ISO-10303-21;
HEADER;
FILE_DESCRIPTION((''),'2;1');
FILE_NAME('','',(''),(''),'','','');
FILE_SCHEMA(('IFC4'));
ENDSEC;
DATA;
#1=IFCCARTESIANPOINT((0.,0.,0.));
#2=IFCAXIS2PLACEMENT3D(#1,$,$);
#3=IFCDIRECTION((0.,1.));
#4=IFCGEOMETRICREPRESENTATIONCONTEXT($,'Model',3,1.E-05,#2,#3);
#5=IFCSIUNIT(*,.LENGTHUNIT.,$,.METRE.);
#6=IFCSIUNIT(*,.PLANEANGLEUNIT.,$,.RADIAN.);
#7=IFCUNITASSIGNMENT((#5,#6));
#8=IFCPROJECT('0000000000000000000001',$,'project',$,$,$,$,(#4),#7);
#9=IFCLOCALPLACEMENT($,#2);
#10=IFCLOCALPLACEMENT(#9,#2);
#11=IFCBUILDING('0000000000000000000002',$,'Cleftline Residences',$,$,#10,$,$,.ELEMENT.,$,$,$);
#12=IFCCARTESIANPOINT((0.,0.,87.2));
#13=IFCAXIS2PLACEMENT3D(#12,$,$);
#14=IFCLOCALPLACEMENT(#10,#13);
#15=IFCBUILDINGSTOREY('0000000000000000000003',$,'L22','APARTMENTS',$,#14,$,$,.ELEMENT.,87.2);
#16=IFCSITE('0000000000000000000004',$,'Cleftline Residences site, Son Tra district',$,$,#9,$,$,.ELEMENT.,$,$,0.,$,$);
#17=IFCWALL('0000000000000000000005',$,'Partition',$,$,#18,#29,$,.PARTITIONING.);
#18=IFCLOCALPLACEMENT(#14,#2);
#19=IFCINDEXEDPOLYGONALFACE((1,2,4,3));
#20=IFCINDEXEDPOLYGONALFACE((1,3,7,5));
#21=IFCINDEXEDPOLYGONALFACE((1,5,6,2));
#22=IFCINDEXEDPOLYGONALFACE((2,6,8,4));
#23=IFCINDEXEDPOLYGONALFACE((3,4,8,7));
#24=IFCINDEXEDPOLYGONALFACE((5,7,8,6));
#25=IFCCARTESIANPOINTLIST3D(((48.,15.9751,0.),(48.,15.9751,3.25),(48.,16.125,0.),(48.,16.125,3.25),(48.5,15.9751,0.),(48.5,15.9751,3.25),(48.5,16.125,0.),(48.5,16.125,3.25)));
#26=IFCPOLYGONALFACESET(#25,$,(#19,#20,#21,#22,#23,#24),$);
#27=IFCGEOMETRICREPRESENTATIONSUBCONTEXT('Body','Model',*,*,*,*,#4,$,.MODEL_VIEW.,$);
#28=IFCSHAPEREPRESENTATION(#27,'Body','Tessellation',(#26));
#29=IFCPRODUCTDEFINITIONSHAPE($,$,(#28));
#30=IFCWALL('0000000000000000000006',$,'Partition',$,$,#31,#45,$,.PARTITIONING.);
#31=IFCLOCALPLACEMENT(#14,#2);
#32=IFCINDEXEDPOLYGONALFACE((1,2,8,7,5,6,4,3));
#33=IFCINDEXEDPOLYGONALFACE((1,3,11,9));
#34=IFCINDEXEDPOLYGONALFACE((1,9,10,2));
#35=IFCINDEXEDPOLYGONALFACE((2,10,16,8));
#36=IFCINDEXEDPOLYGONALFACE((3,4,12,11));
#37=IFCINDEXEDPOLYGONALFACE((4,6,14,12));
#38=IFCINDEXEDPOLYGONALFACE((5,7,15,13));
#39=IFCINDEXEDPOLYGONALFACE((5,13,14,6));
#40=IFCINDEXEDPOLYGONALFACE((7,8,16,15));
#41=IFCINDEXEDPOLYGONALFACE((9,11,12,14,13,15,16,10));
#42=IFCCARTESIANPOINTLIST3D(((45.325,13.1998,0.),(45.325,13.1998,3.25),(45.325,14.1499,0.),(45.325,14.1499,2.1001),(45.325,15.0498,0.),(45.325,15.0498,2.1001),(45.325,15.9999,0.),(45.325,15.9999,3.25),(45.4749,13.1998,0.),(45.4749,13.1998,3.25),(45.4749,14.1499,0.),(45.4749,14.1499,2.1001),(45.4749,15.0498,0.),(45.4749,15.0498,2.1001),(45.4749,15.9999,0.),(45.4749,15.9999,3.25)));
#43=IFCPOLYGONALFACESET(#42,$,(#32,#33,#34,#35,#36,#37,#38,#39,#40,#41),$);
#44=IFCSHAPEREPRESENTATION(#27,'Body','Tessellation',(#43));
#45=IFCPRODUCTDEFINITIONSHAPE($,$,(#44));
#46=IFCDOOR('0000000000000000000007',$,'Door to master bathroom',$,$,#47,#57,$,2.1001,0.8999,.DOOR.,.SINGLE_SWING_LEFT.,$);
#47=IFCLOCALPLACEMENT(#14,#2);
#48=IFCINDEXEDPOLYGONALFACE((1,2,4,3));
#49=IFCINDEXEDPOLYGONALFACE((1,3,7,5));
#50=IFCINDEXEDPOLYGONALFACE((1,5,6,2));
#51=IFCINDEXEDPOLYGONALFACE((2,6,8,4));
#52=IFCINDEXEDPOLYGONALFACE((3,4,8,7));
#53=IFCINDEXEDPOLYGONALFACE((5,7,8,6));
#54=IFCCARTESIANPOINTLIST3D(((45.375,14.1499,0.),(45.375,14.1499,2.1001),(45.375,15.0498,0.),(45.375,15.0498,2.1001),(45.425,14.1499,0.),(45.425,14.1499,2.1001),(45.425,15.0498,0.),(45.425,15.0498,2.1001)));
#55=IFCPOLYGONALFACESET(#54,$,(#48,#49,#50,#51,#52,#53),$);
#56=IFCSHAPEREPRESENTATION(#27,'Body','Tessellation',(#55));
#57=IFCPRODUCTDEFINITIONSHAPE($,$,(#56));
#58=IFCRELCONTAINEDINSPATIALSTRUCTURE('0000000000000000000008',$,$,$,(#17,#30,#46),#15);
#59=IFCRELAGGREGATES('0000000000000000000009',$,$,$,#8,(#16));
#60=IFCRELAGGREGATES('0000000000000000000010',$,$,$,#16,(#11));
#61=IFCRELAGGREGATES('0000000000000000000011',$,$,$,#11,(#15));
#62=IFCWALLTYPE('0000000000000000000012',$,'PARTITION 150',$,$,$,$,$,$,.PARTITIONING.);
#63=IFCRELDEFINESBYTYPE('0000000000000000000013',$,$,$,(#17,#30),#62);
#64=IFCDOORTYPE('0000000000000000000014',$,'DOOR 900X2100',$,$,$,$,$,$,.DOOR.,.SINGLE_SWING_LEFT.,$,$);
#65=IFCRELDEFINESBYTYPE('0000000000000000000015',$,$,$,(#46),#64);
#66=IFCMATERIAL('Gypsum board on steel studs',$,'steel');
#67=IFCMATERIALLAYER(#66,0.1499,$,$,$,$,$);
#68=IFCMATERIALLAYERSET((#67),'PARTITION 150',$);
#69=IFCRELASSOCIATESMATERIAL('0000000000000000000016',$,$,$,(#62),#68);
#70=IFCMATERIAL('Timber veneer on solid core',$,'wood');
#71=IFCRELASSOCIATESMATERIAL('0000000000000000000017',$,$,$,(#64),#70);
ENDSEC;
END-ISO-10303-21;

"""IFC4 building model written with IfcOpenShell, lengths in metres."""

from ifc_helpers import new_model, si_unit, direction, frame, frame_2d, origin, place, context, subcontext, project, spatial, rectangle, extrude, material, layer, layer_set, type_object, element, fill, save


model = new_model("IFC4")

# Units and contexts
model_context = context("Model", 3, precision=1e-05, world=origin(), true_north=direction((0.0, 1.0)))
body_context = subcontext(model_context, "Body", "Model", "MODEL_VIEW")
ifc_project = project(units=[si_unit("LENGTHUNIT", "METRE"), si_unit("PLANEANGLEUNIT", "RADIAN")], contexts=[model_context])

# Site, building, storey
site_placement = place(None, origin())
site = spatial("IfcSite", under=ifc_project, at=site_placement, Name="Cleftline Residences site, Son Tra district", CompositionType="ELEMENT", RefElevation=0.0)
building_placement = place(site_placement, origin())
building = spatial("IfcBuilding", under=site, at=building_placement, Name="Cleftline Residences", CompositionType="ELEMENT")
storey_placement = place(building_placement, frame((0.0, 0.0, 87.2)))
storey = spatial("IfcBuildingStorey", under=building, at=storey_placement, Name="L22", Description="APARTMENTS", CompositionType="ELEMENT", Elevation=87.2)

# Wall
ifc_material_1 = material(Name="Gypsum board on steel studs", Category="steel")
ifc_layer_1 = layer(ifc_material_1, 0.1499)
ifc_layer_set_1 = layer_set([ifc_layer_1], Name="PARTITION 150")
wall_type_1 = type_object("IfcWallType", Name="PARTITION 150", PredefinedType="PARTITIONING", material=ifc_layer_set_1)
wall_1_placement = place(storey_placement, frame((48.0, 16.05, 0.0), z_axis=(0.0, 0.0, 1.0), x_axis=(1.0, 0.0, 0.0)))
element("IfcWall", 1, at=wall_1_placement, inside=storey, type_object=wall_type_1, Name="Partition", PredefinedType="PARTITIONING", context=body_context, shape_type="SweptSolid", body=[
    extrude(rectangle(XDim=0.5, YDim=0.1499, at=frame_2d((0.25, 0.0))), origin(), (0.0, 0.0, 1.0), 3.25),
])

# Wall, opening, door
wall_2_placement = place(storey_placement, frame((45.3999, 13.2, 0.0), z_axis=(0.0, 0.0, 1.0), x_axis=(0.0, 1.0, 0.0)))
wall_2 = element("IfcWall", 2, at=wall_2_placement, inside=storey, type_object=wall_type_1, Name="Partition", PredefinedType="PARTITIONING", context=body_context, shape_type="SweptSolid", body=[
    extrude(rectangle(XDim=2.8, YDim=0.1499, at=frame_2d((1.3999, 0.0))), origin(), (0.0, 0.0, 1.0), 3.25),
])
opening_1_placement = place(wall_2_placement, frame((0.95, 0.0, 0.0)))
opening_1 = element("IfcOpeningElement", 3, at=opening_1_placement, cuts=wall_2, PredefinedType="OPENING", context=body_context, shape_type="SweptSolid", body=[
    extrude(rectangle(XDim=0.8999, YDim=2.1001, at=frame_2d((0.45, 1.05))), frame((0.0, 0.085, 0.0), z_axis=(0.0, -1.0, 0.0), x_axis=(1.0, 0.0, 0.0)), (0.0, 0.0, 1.0), 0.1699),
])
ifc_material_2 = material(Name="Timber veneer on solid core", Category="wood")
door_type_1 = type_object("IfcDoorType", Name="DOOR 900X2100", OperationType="SINGLE_SWING_LEFT", PredefinedType="DOOR", material=ifc_material_2)
door_1_placement = place(opening_1_placement, origin())
door_1 = element("IfcDoor", 4, at=door_1_placement, inside=storey, type_object=door_type_1, Name="Door to master bathroom", OperationType="SINGLE_SWING_LEFT", OverallHeight=2.1001, OverallWidth=0.8999, PredefinedType="DOOR", context=body_context, shape_type="SweptSolid", body=[
    extrude(rectangle(XDim=0.8999, YDim=2.1001, at=frame_2d((0.45, 1.05))), frame((0.0, 0.0249, 0.0), z_axis=(0.0, -1.0, 0.0), x_axis=(1.0, 0.0, 0.0)), (0.0, 0.0, 1.0), 0.05),
])
fill(opening_1, door_1)

save(model, "model.ifc")
